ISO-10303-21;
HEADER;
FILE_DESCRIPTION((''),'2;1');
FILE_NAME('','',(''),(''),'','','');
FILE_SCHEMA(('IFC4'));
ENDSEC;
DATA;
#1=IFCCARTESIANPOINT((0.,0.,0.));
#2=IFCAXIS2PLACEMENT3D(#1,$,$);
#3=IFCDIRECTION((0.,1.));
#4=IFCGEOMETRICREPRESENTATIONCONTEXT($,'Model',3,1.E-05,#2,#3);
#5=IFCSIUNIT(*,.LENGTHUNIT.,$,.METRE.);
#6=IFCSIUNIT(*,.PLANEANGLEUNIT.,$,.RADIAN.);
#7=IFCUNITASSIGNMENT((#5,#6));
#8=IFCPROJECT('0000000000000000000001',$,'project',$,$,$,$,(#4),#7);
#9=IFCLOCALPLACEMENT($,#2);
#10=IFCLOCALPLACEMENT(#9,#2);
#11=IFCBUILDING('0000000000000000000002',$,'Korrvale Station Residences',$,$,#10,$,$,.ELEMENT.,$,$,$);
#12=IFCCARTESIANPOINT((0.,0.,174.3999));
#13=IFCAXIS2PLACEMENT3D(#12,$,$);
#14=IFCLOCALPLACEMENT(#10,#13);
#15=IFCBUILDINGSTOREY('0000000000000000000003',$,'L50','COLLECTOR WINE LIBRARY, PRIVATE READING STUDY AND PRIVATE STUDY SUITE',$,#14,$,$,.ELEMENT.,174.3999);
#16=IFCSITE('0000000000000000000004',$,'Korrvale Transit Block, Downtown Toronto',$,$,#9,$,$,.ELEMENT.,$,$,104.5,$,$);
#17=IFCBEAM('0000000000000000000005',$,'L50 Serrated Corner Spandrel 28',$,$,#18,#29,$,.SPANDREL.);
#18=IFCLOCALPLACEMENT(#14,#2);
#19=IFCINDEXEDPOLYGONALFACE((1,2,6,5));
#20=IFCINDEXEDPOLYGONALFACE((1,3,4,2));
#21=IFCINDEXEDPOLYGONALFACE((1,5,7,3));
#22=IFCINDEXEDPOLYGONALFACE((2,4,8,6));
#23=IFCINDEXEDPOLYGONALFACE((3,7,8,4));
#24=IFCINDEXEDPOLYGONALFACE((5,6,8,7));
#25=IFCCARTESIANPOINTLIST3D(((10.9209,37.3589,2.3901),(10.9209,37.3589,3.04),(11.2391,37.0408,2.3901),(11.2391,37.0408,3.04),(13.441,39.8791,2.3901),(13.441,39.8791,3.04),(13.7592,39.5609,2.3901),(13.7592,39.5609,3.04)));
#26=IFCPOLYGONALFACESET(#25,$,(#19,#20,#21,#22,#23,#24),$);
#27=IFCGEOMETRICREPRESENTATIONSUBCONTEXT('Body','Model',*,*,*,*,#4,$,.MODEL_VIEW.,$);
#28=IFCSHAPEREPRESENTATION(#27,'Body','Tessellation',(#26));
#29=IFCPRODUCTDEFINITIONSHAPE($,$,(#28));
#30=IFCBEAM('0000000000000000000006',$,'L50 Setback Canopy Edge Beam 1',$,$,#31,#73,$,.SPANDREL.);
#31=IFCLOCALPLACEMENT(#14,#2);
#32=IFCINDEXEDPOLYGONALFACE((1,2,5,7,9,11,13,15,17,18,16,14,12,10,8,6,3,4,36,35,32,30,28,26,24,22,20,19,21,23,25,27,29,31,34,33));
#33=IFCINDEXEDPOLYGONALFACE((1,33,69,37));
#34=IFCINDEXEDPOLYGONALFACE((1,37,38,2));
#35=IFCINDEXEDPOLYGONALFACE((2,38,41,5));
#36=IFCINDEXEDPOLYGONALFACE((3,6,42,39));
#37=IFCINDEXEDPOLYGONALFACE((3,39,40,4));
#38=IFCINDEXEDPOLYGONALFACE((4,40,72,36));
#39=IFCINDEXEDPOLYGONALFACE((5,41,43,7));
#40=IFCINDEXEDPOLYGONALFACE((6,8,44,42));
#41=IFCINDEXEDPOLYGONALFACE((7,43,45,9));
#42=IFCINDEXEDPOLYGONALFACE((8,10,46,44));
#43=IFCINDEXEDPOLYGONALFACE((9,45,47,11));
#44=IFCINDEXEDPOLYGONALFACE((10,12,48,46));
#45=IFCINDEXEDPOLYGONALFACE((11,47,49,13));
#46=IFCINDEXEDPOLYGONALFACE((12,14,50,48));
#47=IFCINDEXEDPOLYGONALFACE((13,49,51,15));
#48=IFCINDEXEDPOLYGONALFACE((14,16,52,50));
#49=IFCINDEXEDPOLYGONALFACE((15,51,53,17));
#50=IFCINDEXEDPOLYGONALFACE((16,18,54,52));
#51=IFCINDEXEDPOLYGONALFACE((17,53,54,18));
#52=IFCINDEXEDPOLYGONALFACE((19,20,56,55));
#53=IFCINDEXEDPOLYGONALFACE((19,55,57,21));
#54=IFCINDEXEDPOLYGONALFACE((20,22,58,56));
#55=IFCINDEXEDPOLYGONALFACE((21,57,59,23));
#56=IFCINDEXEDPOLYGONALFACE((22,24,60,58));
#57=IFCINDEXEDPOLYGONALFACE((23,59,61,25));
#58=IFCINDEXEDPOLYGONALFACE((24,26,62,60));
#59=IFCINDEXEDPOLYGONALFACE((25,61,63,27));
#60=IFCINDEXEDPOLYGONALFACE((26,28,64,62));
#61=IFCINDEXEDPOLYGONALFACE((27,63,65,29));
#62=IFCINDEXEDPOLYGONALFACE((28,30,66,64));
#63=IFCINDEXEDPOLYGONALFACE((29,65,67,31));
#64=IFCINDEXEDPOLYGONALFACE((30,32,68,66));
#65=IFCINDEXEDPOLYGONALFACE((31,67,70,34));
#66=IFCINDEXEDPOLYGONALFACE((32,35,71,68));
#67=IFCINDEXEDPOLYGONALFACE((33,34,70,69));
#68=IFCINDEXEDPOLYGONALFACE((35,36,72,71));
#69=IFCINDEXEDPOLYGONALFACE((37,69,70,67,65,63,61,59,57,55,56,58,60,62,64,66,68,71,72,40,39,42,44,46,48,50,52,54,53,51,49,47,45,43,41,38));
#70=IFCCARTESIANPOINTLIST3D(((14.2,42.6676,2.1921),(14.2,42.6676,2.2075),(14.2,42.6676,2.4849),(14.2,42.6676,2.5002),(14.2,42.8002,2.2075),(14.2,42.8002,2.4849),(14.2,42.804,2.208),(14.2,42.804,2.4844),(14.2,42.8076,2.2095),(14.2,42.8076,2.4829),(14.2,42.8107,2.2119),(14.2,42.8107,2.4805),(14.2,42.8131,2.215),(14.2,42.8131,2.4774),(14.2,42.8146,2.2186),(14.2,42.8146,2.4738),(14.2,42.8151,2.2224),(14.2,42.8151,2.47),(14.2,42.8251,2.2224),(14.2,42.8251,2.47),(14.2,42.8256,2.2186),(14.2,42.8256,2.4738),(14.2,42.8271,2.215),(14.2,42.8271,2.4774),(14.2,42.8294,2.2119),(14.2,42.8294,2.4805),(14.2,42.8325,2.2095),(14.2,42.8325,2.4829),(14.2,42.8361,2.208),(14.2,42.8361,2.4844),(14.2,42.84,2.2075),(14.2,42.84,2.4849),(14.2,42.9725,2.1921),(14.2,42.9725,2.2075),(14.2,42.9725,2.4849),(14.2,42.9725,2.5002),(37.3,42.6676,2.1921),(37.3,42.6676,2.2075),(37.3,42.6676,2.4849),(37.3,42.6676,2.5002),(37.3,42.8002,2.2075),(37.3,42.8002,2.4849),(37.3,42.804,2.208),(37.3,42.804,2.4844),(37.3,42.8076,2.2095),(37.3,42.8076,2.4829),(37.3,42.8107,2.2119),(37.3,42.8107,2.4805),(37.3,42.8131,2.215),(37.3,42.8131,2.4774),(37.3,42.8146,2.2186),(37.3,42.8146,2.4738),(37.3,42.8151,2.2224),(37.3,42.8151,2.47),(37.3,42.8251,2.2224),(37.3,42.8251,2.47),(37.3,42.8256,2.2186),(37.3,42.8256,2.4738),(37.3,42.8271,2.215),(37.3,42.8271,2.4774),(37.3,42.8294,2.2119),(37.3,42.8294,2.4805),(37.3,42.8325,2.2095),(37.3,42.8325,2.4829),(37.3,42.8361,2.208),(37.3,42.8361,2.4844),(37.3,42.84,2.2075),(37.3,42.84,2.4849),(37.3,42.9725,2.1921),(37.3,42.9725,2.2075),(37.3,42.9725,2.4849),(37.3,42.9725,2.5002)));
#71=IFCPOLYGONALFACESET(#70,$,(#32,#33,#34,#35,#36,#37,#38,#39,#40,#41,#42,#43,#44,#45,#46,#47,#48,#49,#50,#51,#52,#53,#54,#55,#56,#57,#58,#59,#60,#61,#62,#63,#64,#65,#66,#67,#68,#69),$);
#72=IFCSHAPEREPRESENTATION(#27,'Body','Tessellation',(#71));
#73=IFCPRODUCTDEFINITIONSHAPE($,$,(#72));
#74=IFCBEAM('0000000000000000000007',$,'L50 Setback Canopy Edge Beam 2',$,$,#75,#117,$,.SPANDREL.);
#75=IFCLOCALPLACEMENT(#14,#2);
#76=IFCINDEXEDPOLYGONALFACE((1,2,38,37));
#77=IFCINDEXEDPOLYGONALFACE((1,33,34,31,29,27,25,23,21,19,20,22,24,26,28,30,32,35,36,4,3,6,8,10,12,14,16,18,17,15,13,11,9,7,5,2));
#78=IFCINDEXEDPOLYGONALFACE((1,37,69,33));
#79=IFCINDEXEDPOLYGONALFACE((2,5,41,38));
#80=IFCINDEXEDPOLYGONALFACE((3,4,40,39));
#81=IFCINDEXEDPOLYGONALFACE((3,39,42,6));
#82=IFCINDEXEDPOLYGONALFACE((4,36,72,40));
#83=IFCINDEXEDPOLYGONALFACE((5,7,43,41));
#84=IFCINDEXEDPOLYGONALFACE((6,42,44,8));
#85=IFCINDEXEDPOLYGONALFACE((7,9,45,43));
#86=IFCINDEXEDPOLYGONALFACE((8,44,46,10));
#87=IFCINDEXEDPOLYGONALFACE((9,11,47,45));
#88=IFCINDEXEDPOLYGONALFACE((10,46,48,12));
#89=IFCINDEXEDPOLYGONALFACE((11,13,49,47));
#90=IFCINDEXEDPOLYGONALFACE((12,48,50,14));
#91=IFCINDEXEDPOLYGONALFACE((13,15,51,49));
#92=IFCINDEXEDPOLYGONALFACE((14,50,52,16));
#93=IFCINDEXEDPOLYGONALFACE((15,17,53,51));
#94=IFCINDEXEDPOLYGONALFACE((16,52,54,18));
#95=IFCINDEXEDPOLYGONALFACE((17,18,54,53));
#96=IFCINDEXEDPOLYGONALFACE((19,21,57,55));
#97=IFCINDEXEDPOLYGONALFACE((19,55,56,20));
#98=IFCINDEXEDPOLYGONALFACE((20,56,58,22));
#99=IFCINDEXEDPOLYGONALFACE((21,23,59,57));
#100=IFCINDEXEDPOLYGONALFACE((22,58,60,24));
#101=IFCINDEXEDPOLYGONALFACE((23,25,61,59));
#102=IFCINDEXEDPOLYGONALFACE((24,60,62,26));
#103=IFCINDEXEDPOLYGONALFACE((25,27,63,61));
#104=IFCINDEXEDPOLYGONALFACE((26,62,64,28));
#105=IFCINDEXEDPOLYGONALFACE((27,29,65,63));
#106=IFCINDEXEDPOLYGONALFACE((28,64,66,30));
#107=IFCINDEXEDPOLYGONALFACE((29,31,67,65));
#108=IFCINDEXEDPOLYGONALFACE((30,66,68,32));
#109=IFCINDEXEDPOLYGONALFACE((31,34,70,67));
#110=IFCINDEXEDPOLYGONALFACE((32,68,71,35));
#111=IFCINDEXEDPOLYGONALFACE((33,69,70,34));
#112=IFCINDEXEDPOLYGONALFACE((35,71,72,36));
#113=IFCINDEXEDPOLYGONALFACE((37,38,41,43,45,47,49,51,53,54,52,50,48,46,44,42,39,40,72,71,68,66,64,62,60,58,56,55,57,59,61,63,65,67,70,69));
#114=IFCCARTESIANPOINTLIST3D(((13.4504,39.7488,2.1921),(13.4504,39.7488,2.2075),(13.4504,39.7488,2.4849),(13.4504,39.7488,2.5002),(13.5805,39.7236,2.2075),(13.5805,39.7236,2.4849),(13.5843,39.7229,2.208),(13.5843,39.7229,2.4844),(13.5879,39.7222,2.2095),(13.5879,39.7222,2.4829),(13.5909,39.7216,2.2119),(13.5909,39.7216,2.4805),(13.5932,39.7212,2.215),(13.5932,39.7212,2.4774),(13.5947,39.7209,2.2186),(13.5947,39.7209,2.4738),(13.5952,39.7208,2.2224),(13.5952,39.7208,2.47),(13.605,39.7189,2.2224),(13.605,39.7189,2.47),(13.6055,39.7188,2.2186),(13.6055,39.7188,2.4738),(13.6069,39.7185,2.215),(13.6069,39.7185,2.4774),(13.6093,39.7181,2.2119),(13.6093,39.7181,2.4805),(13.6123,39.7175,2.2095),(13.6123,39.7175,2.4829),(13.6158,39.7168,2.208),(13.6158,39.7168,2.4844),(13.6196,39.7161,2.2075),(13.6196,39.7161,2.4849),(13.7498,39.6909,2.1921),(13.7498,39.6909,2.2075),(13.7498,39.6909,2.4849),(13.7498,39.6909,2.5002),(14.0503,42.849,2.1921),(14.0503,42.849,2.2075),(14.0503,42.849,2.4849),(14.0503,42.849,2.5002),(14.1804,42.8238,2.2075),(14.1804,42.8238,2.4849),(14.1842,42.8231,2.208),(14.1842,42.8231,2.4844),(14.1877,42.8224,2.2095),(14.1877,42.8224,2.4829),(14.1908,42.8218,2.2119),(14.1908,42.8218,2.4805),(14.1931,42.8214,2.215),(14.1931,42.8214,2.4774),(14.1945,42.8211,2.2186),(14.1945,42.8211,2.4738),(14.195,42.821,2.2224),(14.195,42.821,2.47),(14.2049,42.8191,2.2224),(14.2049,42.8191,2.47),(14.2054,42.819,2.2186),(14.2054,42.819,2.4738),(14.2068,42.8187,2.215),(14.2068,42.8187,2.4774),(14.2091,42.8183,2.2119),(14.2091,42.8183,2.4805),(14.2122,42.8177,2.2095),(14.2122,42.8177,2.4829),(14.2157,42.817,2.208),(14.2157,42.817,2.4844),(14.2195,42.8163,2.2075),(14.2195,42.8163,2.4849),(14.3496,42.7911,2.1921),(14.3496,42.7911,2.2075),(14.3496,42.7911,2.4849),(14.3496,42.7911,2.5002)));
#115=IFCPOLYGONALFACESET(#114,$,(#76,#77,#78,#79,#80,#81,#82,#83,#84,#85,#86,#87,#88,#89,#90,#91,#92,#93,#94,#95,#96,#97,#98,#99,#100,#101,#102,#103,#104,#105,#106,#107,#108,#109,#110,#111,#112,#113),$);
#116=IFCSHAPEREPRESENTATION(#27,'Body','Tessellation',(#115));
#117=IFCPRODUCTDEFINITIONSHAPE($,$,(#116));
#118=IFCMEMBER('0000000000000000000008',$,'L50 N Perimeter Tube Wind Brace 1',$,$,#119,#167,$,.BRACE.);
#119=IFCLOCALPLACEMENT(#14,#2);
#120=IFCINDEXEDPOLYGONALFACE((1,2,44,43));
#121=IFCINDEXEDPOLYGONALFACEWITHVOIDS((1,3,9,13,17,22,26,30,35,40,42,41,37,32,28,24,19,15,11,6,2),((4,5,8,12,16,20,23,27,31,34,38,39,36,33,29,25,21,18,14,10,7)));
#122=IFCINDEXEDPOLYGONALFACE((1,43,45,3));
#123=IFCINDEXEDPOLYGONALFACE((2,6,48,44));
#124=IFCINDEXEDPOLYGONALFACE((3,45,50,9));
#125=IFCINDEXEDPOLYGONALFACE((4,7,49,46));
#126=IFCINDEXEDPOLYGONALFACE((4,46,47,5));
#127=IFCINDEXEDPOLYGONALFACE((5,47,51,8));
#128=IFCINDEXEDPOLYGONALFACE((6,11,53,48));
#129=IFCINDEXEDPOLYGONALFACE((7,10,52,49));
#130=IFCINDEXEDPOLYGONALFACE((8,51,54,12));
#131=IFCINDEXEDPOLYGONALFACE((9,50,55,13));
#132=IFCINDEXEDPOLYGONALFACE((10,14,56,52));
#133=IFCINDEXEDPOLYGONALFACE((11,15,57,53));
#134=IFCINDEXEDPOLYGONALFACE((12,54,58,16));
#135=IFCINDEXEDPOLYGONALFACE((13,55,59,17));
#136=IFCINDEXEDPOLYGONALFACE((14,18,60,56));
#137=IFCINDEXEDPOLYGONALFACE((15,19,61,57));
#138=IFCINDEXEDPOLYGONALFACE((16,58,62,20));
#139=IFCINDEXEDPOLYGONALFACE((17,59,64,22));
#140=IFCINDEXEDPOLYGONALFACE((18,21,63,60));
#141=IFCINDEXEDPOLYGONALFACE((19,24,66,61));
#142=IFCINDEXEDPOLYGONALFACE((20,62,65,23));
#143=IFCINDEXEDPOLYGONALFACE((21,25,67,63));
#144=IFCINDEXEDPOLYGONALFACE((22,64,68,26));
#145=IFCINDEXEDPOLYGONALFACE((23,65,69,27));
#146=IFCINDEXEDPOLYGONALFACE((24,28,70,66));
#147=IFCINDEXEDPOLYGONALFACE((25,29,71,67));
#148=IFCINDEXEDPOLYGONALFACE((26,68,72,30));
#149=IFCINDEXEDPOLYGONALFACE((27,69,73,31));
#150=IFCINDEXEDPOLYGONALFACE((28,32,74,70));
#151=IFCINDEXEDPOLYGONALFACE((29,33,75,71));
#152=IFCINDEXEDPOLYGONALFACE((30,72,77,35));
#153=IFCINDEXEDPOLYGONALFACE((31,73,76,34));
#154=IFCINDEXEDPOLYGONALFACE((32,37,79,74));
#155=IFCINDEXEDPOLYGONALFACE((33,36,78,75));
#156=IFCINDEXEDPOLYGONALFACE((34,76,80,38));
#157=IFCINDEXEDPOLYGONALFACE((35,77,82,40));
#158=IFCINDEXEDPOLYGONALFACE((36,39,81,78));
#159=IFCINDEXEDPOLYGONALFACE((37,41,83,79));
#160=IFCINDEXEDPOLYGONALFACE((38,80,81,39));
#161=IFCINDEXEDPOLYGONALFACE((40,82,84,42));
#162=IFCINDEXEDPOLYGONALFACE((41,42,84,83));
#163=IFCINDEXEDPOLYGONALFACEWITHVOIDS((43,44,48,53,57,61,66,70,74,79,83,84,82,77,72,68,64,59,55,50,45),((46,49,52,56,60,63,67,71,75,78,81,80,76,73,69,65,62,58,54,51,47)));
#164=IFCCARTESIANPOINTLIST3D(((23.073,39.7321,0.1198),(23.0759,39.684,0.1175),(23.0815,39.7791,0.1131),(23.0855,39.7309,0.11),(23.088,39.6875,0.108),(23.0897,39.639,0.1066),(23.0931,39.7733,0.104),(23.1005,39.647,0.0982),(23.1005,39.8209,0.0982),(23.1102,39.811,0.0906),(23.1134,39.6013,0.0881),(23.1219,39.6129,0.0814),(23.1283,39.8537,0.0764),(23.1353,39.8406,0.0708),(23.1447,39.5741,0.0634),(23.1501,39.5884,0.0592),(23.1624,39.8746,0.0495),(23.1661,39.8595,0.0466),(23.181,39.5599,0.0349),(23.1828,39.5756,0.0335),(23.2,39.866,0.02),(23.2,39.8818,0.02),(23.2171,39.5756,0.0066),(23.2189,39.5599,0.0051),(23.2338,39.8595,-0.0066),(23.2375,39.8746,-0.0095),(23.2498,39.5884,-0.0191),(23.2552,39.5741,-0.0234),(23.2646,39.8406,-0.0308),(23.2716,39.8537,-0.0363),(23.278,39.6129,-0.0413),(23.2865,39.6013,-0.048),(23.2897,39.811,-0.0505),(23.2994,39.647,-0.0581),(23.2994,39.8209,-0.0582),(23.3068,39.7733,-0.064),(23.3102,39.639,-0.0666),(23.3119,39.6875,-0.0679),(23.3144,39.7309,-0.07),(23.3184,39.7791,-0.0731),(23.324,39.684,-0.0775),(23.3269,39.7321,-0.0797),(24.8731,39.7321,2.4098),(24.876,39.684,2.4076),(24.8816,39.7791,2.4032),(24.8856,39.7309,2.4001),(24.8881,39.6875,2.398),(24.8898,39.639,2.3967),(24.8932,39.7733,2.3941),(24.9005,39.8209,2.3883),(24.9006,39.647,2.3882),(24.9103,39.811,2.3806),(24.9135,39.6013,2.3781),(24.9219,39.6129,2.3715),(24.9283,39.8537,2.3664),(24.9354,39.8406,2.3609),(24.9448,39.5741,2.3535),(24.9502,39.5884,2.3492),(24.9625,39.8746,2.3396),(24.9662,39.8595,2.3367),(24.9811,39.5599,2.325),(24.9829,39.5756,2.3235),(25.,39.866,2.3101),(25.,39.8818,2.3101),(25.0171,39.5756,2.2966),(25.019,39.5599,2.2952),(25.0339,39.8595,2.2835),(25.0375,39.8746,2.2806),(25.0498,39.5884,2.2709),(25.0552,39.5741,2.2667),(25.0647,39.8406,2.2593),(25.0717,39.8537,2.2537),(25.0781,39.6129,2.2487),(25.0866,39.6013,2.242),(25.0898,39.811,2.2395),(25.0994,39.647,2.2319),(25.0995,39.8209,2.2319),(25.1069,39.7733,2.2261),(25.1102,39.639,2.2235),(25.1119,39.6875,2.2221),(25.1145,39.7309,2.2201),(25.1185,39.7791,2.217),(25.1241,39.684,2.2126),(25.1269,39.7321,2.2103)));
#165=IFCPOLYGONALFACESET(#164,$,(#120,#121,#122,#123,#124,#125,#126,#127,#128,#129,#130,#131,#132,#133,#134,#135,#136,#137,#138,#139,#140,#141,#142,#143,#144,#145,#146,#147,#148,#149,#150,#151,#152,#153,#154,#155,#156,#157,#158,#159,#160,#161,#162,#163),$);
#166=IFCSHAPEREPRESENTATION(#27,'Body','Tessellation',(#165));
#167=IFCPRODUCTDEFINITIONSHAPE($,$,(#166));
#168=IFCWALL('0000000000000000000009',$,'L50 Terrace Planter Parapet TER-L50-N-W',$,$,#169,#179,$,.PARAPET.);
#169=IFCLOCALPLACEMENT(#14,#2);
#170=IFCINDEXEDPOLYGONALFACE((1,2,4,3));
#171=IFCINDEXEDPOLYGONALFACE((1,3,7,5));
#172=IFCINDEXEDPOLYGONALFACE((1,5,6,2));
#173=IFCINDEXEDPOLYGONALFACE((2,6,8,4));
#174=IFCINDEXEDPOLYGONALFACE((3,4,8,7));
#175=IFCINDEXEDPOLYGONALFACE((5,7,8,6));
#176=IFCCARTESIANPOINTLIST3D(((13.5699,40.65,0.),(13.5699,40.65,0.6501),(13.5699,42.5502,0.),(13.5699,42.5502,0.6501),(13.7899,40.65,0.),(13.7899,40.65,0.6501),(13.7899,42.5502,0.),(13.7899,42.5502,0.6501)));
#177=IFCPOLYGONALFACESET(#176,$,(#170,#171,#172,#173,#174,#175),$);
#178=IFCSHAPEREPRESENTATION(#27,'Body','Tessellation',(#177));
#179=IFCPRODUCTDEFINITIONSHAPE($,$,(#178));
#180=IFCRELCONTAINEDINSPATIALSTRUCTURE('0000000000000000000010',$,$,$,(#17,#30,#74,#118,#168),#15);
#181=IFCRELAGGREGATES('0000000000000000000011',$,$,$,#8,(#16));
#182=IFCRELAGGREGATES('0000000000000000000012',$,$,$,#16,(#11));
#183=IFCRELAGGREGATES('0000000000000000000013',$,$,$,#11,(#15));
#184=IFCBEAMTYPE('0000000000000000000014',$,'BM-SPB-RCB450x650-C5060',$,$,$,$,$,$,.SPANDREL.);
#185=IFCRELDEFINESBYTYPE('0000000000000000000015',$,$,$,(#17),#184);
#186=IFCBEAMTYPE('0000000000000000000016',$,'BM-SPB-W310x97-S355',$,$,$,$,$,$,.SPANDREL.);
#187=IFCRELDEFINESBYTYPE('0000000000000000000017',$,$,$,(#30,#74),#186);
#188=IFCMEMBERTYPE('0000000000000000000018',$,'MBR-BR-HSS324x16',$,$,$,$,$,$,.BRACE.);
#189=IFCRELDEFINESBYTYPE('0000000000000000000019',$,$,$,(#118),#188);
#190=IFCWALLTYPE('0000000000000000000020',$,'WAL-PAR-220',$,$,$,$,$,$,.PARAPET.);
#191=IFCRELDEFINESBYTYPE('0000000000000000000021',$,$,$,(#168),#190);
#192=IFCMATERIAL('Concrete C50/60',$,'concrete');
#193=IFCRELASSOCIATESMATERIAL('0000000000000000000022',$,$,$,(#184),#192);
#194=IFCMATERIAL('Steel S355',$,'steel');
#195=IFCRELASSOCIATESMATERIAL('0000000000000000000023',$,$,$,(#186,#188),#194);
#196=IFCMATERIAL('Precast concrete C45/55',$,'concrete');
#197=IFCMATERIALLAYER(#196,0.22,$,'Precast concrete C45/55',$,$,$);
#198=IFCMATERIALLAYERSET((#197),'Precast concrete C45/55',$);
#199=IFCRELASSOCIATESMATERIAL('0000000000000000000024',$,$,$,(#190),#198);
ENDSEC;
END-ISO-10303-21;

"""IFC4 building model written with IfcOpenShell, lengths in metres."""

from ifc_helpers import new_model, si_unit, direction, frame, frame_2d, origin, origin_2d, place, context, subcontext, project, spatial, rectangle, hollow_circle, i_section, extrude, material, layer, layer_set, material_profile, profile_set, type_object, element, save


model = new_model("IFC4")

# Units and contexts
model_context = context("Model", 3, precision=1e-05, world=origin(), true_north=direction((0.0, 1.0)))
body_context = subcontext(model_context, "Body", "Model", "MODEL_VIEW")
ifc_project = project(units=[si_unit("LENGTHUNIT", "METRE"), si_unit("PLANEANGLEUNIT", "RADIAN")], contexts=[model_context])

# Site, building, storey
site_placement = place(None, origin())
site = spatial("IfcSite", under=ifc_project, at=site_placement, Name="Korrvale Transit Block, Downtown Toronto", CompositionType="ELEMENT", RefElevation=104.5)
building_placement = place(site_placement, origin())
building = spatial("IfcBuilding", under=site, at=building_placement, Name="Korrvale Station Residences", CompositionType="ELEMENT")
storey_placement = place(building_placement, frame((0.0, 0.0, 174.3999)))
storey = spatial("IfcBuildingStorey", under=building, at=storey_placement, Name="L50", Description="COLLECTOR WINE LIBRARY, PRIVATE READING STUDY AND PRIVATE STUDY SUITE", CompositionType="ELEMENT", Elevation=174.3999)

# Shared definitions
ifc_material_1 = material(Name="Steel S355", Category="steel")
ifc_material_2 = material(Name="Concrete C50/60", Category="concrete")

# Beams
ifc_material_profile_1 = material_profile(ifc_material_2, rectangle(XDim=0.45, YDim=0.6499, at=origin_2d()), Name="RCB450x650")
ifc_profile_set_1 = profile_set([ifc_material_profile_1], Name="Concrete C50/60")
beam_type_1 = type_object("IfcBeamType", Name="BM-SPB-RCB450x650-C5060", PredefinedType="SPANDREL", material=ifc_profile_set_1)
beam_1_placement = place(storey_placement, frame((13.6001, 39.72, 2.7151), z_axis=(-0.707107, -0.707107, 0.0), x_axis=(0.707107, -0.707107, 0.0)))
element("IfcBeam", 1, at=beam_1_placement, inside=storey, type_object=beam_type_1, Name="L50 Serrated Corner Spandrel 28", PredefinedType="SPANDREL", context=body_context, shape_type="SweptSolid", body=[
    extrude(rectangle(XDim=0.45, YDim=0.6499, at=origin_2d()), origin(), (0.0, 0.0, 1.0), 3.564),
])
ifc_material_profile_2 = material_profile(ifc_material_1, i_section(OverallWidth=0.3049, OverallDepth=0.3081, WebThickness=0.01, FlangeThickness=0.0154, FilletRadius=0.0149, at=origin_2d()), Name="W310x97")
ifc_profile_set_2 = profile_set([ifc_material_profile_2], Name="Steel S355")
beam_type_2 = type_object("IfcBeamType", Name="BM-SPB-W310x97-S355", PredefinedType="SPANDREL", material=ifc_profile_set_2)
beam_2_placement = place(storey_placement, frame((14.2, 42.8201, 2.3462), z_axis=(1.0, 0.0, 0.0), x_axis=(0.0, 1.0, 0.0)))
element("IfcBeam", 2, at=beam_2_placement, inside=storey, type_object=beam_type_2, Name="L50 Setback Canopy Edge Beam 1", PredefinedType="SPANDREL", context=body_context, shape_type="SweptSolid", body=[
    extrude(i_section(OverallWidth=0.3049, OverallDepth=0.3081, WebThickness=0.01, FlangeThickness=0.0154, FilletRadius=0.0149, at=origin_2d()), origin(), (0.0, 0.0, 1.0), 23.1001),
])
beam_3_placement = place(storey_placement, frame((14.2, 42.8201, 2.3462), z_axis=(-0.189971, -0.98179, 0.0), x_axis=(0.98179, -0.189971, 0.0)))
element("IfcBeam", 3, at=beam_3_placement, inside=storey, type_object=beam_type_2, Name="L50 Setback Canopy Edge Beam 2", PredefinedType="SPANDREL", context=body_context, shape_type="SweptSolid", body=[
    extrude(i_section(OverallWidth=0.3049, OverallDepth=0.3081, WebThickness=0.01, FlangeThickness=0.0154, FilletRadius=0.0149, at=origin_2d()), origin(), (0.0, 0.0, 1.0), 3.1577),
])

# Member
ifc_material_profile_3 = material_profile(ifc_material_1, hollow_circle(Radius=0.1619, WallThickness=0.0159, at=origin_2d()), Name="HSS324x16")
ifc_profile_set_3 = profile_set([ifc_material_profile_3], Name="Steel S355")
member_type = type_object("IfcMemberType", Name="MBR-BR-HSS324x16", PredefinedType="BRACE", material=ifc_profile_set_3)
member_placement = place(storey_placement, frame((23.2, 39.72, 0.02), z_axis=(0.617977, 0.0, 0.786196), x_axis=(0.0, 1.0, 0.0)))
element("IfcMember", 4, at=member_placement, inside=storey, type_object=member_type, Name="L50 N Perimeter Tube Wind Brace 1", PredefinedType="BRACE", context=body_context, shape_type="SweptSolid", body=[
    extrude(hollow_circle(Radius=0.1619, WallThickness=0.0159, at=origin_2d()), origin(), (0.0, 0.0, 1.0), 2.9128),
])

# Wall
ifc_material_3 = material(Name="Precast concrete C45/55", Category="concrete")
ifc_layer_1 = layer(ifc_material_3, 0.22, Name="Precast concrete C45/55")
ifc_layer_set_1 = layer_set([ifc_layer_1], Name="Precast concrete C45/55")
wall_type_1 = type_object("IfcWallType", Name="WAL-PAR-220", PredefinedType="PARAPET", material=ifc_layer_set_1)
wall_1_placement = place(storey_placement, frame((13.6799, 40.6499, 0.0), z_axis=(0.0, 0.0, 1.0), x_axis=(0.0, 1.0, 0.0)))
element("IfcWall", 5, at=wall_1_placement, inside=storey, type_object=wall_type_1, Name="L50 Terrace Planter Parapet TER-L50-N-W", PredefinedType="PARAPET", context=body_context, shape_type="SweptSolid", body=[
    extrude(rectangle(XDim=1.9001, YDim=0.22, at=frame_2d((0.9502, 0.0))), origin(), (0.0, 0.0, 1.0), 0.6501),
])

save(model, "model.ifc")
